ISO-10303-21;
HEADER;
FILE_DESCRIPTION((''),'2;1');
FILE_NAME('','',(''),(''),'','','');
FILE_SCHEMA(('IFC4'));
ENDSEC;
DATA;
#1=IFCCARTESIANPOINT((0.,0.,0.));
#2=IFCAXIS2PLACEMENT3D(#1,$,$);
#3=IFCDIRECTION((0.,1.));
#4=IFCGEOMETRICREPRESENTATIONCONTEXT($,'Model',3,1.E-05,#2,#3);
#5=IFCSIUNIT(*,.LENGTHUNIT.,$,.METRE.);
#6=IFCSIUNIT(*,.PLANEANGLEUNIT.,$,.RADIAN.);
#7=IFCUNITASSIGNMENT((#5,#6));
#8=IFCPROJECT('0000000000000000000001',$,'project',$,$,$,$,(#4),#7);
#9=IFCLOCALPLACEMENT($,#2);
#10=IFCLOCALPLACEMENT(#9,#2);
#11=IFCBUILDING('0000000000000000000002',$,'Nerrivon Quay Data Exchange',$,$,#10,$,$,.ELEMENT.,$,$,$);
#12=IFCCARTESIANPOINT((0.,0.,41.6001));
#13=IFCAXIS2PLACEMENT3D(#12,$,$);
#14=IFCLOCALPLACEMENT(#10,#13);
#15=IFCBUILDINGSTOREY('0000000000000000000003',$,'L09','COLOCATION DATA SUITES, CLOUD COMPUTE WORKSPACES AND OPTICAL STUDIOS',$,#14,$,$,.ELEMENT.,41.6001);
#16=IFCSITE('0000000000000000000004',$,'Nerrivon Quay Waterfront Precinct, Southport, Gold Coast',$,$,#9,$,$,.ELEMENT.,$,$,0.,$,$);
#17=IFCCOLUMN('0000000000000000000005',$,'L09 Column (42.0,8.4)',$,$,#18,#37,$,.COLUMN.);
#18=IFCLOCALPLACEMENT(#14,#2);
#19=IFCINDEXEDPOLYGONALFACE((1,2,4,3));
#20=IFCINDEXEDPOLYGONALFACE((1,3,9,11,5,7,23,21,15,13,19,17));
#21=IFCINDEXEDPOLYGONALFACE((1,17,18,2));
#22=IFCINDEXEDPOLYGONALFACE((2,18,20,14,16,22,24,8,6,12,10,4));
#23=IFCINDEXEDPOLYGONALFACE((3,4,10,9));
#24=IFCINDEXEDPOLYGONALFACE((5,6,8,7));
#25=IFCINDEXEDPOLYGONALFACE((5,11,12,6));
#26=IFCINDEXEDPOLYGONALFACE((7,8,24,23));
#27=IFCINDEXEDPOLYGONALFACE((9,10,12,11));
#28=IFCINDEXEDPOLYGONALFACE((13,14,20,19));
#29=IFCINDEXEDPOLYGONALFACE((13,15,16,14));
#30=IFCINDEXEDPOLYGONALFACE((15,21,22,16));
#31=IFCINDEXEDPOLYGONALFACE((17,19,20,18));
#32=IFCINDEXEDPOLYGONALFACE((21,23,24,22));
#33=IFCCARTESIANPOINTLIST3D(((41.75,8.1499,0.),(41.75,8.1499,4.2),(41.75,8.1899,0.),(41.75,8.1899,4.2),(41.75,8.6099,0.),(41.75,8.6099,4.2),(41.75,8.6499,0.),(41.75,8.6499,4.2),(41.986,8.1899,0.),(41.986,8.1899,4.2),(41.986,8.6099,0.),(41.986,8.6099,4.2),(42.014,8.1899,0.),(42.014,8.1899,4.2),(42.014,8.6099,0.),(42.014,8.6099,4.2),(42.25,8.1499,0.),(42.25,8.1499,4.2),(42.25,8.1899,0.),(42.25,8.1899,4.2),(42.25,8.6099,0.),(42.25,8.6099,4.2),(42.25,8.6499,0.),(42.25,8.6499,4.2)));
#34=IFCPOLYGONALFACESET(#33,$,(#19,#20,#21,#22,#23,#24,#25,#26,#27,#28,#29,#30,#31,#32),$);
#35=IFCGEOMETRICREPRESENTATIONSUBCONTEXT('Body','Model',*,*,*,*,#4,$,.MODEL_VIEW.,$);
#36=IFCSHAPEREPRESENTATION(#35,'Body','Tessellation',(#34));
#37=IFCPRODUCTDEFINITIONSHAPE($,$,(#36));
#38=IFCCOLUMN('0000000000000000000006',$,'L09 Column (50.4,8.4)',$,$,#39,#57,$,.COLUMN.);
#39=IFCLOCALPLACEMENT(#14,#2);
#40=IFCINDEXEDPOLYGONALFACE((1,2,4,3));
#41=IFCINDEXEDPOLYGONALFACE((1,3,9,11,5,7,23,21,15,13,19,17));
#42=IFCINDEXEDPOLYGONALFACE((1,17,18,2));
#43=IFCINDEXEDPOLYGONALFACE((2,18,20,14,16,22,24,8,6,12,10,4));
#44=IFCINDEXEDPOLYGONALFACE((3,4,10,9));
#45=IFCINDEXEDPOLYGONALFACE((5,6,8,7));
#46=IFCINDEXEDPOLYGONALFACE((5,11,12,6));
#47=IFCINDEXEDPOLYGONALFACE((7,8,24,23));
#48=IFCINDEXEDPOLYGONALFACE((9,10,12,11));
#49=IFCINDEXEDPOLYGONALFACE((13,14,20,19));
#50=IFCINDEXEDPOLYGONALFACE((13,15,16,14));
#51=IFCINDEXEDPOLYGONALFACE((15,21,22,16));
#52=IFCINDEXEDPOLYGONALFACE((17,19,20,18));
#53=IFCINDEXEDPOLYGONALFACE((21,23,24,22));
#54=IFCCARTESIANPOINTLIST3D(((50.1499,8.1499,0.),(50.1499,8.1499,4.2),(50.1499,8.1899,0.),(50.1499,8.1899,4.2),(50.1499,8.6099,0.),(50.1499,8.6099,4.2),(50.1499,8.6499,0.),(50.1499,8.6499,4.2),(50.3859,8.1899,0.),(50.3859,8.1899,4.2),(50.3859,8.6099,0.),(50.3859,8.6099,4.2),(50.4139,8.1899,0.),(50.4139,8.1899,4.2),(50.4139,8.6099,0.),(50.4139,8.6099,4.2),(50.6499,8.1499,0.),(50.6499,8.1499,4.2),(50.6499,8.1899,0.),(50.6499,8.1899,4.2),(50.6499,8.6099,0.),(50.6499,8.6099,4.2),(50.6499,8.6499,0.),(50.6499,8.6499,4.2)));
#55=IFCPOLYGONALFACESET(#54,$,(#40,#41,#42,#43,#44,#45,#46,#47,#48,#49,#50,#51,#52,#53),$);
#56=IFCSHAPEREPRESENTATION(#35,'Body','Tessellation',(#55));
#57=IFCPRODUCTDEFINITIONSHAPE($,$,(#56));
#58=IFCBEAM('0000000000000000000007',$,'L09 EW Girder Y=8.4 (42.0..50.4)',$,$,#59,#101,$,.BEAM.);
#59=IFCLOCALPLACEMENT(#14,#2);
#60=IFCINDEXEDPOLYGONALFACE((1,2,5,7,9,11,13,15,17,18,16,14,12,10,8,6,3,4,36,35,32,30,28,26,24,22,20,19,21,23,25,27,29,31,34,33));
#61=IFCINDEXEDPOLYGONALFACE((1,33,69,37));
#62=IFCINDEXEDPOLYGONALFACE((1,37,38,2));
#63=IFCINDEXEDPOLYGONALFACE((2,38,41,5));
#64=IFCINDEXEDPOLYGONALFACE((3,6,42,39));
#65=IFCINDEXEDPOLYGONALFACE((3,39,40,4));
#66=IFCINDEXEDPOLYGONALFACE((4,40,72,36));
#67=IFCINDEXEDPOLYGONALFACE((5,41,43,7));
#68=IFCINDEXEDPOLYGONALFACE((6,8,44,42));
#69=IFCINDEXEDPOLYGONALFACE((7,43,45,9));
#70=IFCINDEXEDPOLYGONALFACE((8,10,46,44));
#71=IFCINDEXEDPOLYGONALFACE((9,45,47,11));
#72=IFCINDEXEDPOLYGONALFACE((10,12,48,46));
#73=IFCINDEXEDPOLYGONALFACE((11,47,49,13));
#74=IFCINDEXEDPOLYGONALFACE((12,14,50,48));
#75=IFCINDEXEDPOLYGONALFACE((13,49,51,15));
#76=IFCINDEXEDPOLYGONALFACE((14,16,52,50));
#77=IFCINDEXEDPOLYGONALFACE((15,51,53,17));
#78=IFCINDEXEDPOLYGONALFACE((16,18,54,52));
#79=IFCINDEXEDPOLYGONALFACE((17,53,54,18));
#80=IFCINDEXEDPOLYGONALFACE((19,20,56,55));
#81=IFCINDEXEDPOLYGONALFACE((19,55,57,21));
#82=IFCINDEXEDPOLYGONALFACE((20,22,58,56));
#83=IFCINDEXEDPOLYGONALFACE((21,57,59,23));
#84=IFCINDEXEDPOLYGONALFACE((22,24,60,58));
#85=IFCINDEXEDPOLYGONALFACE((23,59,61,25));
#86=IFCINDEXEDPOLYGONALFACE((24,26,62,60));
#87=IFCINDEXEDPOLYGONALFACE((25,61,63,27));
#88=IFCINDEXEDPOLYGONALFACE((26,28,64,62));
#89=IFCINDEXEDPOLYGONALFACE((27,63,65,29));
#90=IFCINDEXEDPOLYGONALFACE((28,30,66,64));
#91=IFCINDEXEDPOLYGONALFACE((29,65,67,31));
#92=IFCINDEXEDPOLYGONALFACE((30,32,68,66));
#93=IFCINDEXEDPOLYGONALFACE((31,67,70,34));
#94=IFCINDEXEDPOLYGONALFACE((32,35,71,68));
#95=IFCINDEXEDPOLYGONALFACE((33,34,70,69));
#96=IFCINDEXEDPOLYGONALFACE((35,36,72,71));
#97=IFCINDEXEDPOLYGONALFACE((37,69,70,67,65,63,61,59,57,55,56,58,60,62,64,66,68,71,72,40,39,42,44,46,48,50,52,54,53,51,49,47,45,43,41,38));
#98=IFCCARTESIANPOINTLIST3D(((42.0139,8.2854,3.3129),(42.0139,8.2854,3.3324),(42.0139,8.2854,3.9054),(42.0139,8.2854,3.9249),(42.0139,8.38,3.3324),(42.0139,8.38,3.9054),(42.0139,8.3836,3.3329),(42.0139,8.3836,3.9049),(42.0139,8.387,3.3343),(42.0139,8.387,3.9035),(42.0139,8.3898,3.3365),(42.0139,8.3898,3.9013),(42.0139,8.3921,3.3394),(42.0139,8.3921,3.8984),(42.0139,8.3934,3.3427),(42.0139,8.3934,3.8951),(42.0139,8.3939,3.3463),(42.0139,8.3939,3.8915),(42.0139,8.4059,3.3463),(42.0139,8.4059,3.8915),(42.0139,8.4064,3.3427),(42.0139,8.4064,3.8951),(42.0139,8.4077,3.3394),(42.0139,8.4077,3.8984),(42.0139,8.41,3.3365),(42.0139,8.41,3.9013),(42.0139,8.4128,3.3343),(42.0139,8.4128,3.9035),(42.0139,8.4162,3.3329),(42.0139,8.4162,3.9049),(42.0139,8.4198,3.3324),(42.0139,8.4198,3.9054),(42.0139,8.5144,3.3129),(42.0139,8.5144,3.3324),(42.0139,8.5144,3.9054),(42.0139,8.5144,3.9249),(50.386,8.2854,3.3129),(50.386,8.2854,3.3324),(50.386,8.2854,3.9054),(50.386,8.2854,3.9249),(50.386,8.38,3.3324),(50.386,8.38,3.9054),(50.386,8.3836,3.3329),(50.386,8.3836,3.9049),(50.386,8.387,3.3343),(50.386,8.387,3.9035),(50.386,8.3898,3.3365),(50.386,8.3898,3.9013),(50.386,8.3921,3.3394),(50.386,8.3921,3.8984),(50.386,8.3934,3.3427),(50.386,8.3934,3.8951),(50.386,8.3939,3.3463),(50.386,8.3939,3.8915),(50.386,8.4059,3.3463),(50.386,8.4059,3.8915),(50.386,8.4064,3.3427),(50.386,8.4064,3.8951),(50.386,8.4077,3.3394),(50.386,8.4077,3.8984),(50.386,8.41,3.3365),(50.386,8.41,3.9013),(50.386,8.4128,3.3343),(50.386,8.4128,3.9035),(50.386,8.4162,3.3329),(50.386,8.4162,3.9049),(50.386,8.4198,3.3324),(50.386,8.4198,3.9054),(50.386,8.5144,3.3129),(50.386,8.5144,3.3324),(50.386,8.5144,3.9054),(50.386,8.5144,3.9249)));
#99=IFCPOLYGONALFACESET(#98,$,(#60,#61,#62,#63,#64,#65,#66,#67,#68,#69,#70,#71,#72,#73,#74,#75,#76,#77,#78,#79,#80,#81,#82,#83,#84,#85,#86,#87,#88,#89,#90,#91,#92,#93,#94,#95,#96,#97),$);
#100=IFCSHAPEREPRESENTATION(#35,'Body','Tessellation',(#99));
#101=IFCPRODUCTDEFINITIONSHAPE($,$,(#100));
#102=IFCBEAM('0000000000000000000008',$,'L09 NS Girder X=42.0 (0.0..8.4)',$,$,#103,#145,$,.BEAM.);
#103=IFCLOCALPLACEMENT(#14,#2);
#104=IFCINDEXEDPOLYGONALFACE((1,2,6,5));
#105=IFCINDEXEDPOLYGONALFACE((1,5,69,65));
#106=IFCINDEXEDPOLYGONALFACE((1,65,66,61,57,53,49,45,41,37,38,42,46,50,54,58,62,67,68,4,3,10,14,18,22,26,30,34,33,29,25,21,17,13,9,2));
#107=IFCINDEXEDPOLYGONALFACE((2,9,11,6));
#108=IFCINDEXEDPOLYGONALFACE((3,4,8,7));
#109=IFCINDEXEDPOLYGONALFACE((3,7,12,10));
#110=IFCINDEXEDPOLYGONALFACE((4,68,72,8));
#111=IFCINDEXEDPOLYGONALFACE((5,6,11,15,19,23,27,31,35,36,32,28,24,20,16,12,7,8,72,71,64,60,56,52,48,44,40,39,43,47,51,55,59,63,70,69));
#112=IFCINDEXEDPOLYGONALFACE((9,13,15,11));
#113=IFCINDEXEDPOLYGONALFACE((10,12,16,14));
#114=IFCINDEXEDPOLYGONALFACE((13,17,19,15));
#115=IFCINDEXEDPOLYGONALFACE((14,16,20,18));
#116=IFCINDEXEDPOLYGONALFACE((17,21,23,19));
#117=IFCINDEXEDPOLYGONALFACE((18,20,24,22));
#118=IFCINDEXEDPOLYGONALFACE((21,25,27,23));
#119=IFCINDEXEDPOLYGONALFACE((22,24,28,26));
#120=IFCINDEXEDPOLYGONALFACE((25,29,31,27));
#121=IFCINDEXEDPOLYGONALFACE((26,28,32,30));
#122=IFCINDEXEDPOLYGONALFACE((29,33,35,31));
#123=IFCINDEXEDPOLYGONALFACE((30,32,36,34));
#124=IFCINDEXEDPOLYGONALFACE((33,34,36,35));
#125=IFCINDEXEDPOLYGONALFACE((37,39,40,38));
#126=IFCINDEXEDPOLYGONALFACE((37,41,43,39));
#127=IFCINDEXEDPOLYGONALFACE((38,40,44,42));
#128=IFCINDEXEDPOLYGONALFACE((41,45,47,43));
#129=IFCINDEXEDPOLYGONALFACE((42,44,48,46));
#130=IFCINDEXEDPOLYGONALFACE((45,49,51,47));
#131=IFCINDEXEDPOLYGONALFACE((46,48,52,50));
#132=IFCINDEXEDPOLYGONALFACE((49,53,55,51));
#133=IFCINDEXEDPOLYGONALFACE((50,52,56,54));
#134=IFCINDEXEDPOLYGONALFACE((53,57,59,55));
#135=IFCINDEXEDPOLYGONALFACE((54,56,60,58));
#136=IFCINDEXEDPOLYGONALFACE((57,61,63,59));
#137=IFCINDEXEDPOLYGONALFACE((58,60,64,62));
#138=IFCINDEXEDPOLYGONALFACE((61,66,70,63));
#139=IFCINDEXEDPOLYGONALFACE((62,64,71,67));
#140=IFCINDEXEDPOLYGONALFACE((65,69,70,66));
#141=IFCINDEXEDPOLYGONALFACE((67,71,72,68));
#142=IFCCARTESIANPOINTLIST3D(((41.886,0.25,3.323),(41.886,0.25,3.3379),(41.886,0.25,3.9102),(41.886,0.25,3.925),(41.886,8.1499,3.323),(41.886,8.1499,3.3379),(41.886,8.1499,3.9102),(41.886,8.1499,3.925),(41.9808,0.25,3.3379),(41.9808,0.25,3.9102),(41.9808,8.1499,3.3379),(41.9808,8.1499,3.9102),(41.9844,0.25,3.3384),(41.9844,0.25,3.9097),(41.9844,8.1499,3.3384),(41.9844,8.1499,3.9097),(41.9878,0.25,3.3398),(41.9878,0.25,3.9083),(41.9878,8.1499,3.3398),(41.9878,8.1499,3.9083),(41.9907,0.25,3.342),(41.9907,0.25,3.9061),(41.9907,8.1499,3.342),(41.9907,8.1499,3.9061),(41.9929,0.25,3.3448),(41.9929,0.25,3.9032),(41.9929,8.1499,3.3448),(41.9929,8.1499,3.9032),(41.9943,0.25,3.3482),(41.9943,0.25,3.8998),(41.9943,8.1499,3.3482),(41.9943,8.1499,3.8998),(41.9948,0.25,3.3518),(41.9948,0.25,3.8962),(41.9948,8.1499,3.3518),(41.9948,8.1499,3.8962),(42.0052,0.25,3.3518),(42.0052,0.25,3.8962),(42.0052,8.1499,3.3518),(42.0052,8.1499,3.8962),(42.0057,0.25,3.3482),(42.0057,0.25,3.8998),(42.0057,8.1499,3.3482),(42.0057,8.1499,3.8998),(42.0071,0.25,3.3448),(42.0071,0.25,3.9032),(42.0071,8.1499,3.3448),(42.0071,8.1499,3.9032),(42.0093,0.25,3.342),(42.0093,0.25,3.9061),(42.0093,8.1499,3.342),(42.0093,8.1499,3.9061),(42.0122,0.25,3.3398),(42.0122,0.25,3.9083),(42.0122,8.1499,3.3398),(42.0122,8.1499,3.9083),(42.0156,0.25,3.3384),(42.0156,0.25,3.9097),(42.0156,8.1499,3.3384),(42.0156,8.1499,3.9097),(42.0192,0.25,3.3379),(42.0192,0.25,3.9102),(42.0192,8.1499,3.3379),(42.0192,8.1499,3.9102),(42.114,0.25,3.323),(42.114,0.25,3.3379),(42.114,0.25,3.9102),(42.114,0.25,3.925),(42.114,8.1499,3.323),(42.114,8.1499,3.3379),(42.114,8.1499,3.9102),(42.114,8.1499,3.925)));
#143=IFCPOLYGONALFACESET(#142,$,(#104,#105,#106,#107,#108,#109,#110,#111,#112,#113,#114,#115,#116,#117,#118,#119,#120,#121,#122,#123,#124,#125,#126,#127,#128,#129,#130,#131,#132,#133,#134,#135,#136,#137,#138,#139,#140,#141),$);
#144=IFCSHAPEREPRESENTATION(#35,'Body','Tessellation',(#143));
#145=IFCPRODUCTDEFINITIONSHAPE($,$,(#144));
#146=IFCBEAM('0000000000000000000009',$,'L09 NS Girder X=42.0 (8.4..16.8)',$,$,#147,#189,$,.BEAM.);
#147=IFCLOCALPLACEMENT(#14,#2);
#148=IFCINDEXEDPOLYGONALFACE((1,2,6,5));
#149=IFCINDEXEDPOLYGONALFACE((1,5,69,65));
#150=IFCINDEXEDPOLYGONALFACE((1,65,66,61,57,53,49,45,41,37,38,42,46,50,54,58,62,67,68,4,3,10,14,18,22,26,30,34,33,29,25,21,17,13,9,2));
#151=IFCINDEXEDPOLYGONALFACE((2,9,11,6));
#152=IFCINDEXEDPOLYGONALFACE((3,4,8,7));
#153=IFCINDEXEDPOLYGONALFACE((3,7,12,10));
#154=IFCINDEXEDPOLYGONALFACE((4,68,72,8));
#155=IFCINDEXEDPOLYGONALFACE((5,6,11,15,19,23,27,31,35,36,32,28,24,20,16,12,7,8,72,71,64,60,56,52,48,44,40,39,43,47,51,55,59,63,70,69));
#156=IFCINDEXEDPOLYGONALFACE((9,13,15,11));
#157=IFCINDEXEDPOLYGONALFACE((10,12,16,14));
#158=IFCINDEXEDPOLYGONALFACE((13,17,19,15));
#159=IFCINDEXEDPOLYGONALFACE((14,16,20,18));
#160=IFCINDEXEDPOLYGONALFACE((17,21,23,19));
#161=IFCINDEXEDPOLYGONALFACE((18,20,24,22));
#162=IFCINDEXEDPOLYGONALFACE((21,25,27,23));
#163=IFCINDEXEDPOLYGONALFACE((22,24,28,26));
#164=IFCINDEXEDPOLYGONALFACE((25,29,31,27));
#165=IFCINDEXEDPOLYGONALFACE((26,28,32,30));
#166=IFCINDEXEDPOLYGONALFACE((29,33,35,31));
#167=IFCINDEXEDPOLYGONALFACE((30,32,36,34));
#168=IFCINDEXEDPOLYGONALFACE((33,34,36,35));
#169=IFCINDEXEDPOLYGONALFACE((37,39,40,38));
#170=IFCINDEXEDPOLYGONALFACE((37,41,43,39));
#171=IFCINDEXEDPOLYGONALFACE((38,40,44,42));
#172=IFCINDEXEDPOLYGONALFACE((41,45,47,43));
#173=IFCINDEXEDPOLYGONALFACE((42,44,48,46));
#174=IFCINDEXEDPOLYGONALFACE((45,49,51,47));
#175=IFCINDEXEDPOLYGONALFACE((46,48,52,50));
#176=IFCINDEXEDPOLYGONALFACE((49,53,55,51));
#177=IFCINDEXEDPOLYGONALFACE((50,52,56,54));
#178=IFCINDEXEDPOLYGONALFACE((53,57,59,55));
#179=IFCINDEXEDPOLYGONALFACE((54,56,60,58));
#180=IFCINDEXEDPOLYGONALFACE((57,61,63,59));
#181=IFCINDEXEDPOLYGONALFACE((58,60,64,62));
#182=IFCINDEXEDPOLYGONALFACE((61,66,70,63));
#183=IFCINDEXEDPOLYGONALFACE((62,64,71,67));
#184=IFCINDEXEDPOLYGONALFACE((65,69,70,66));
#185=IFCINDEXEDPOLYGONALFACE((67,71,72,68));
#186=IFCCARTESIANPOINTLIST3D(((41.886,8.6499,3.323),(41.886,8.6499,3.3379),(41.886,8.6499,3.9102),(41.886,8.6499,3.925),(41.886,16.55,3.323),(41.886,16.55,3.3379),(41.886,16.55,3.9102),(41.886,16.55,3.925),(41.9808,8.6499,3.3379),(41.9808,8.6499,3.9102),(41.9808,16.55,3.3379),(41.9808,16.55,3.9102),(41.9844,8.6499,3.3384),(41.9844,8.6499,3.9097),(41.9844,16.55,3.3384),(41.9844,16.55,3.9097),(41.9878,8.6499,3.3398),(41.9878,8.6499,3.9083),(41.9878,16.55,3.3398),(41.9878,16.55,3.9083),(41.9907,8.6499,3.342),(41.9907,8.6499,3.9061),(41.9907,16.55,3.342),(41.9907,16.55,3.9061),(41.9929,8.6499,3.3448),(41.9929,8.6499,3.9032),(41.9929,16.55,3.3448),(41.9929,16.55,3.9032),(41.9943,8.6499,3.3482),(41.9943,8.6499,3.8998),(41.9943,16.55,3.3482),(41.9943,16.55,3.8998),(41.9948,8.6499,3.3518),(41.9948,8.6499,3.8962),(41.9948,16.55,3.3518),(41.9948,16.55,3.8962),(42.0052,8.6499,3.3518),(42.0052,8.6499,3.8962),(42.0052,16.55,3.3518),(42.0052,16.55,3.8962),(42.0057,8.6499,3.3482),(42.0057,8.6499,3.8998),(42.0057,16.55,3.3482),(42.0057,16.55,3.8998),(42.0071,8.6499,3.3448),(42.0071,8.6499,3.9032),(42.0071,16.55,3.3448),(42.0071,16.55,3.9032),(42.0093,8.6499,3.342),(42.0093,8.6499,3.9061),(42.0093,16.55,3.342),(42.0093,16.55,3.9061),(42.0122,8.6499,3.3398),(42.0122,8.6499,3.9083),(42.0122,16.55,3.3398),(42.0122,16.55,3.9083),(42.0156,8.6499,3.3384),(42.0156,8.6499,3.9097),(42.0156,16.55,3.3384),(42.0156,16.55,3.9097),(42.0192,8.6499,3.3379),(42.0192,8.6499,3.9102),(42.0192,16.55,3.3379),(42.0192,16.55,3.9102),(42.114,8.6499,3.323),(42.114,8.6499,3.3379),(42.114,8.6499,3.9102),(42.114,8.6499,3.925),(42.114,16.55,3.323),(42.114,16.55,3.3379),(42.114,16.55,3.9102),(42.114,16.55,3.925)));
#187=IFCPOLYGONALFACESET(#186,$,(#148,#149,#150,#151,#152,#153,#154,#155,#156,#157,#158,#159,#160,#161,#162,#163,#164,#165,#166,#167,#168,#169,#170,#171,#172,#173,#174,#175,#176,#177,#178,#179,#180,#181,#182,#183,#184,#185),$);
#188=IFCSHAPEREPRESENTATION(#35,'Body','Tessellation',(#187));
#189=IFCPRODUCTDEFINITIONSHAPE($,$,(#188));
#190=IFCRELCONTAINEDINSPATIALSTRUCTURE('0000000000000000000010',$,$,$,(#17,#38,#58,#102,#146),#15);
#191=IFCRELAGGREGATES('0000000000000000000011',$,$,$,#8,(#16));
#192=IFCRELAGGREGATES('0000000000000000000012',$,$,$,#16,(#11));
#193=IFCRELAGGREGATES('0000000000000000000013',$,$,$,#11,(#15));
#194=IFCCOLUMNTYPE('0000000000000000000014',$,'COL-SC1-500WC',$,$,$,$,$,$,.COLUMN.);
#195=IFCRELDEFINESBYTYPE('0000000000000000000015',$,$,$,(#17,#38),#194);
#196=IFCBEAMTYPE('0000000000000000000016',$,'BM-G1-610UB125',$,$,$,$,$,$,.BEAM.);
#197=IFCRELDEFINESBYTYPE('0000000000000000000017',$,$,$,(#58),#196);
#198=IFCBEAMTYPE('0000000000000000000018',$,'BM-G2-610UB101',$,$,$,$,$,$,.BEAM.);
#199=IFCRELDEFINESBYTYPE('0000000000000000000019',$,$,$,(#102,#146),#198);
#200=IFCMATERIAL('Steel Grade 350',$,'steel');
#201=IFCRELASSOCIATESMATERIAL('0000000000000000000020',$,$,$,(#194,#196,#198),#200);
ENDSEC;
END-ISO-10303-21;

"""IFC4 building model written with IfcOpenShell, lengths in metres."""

from ifc_helpers import new_model, si_unit, direction, frame, origin, origin_2d, place, context, subcontext, project, spatial, i_section, extrude, material, material_profile, profile_set, type_object, element, save


model = new_model("IFC4")

# Units and contexts
model_context = context("Model", 3, precision=1e-05, world=origin(), true_north=direction((0.0, 1.0)))
body_context = subcontext(model_context, "Body", "Model", "MODEL_VIEW")
ifc_project = project(units=[si_unit("LENGTHUNIT", "METRE"), si_unit("PLANEANGLEUNIT", "RADIAN")], contexts=[model_context])

# Site, building, storey
site_placement = place(None, origin())
site = spatial("IfcSite", under=ifc_project, at=site_placement, Name="Nerrivon Quay Waterfront Precinct, Southport, Gold Coast", CompositionType="ELEMENT", RefElevation=0.0)
building_placement = place(site_placement, origin())
building = spatial("IfcBuilding", under=site, at=building_placement, Name="Nerrivon Quay Data Exchange", CompositionType="ELEMENT")
storey_placement = place(building_placement, frame((0.0, 0.0, 41.6001)))
storey = spatial("IfcBuildingStorey", under=building, at=storey_placement, Name="L09", Description="COLOCATION DATA SUITES, CLOUD COMPUTE WORKSPACES AND OPTICAL STUDIOS", CompositionType="ELEMENT", Elevation=41.6001)

# Columns
ifc_material_1 = material(Name="Steel Grade 350", Category="steel")
ifc_material_profile_1 = material_profile(ifc_material_1, i_section(OverallWidth=0.5, OverallDepth=0.5, WebThickness=0.0281, FlangeThickness=0.04, at=origin_2d()), Name="500WC440")
ifc_profile_set_1 = profile_set([ifc_material_profile_1], Name="Steel Grade 350")
column_type = type_object("IfcColumnType", Name="COL-SC1-500WC", PredefinedType="COLUMN", material=ifc_profile_set_1)
for number, where, z_axis, x_axis, name in (
    (1, (42.0, 8.3999, 0.0), (0.0, 0.0, 1.0), (1.0, 0.0, 0.0), "L09 Column (42.0,8.4)"),
    (2, (50.3999, 8.3999, 0.0), (0.0, 0.0, 1.0), (1.0, 0.0, 0.0), "L09 Column (50.4,8.4)"),
):
    element("IfcColumn", number, at=place(storey_placement, frame(where, z_axis=z_axis, x_axis=x_axis)), inside=storey, type_object=column_type, Name=name, PredefinedType="COLUMN", context=body_context, shape_type="SweptSolid", body=[
        extrude(i_section(OverallWidth=0.5, OverallDepth=0.5, WebThickness=0.0281, FlangeThickness=0.04, at=origin_2d()), origin(), (0.0, 0.0, 1.0), 4.2),
    ])

# Beams
ifc_material_profile_2 = material_profile(ifc_material_1, i_section(OverallWidth=0.229, OverallDepth=0.6121, WebThickness=0.012, FlangeThickness=0.0195, FilletRadius=0.0139, at=origin_2d()), Name="610UB125")
ifc_profile_set_2 = profile_set([ifc_material_profile_2], Name="Steel Grade 350")
beam_type_1 = type_object("IfcBeamType", Name="BM-G1-610UB125", PredefinedType="BEAM", material=ifc_profile_set_2)
beam_1_placement = place(storey_placement, frame((42.0139, 8.3999, 3.6189), z_axis=(1.0, 0.0, 0.0), x_axis=(0.0, 1.0, 0.0)))
element("IfcBeam", 3, at=beam_1_placement, inside=storey, type_object=beam_type_1, Name="L09 EW Girder Y=8.4 (42.0..50.4)", PredefinedType="BEAM", context=body_context, shape_type="SweptSolid", body=[
    extrude(i_section(OverallWidth=0.229, OverallDepth=0.6121, WebThickness=0.012, FlangeThickness=0.0195, FilletRadius=0.0139, at=origin_2d()), origin(), (0.0, 0.0, 1.0), 8.3721),
])
ifc_material_profile_3 = material_profile(ifc_material_1, i_section(OverallWidth=0.228, OverallDepth=0.6021, WebThickness=0.0105, FlangeThickness=0.0149, FilletRadius=0.0139, at=origin_2d()), Name="610UB101")
ifc_profile_set_3 = profile_set([ifc_material_profile_3], Name="Steel Grade 350")
beam_type_2 = type_object("IfcBeamType", Name="BM-G2-610UB101", PredefinedType="BEAM", material=ifc_profile_set_3)
beam_2_placement = place(storey_placement, frame((42.0, 0.25, 3.624), z_axis=(0.0, 1.0, 0.0), x_axis=(-1.0, 0.0, 0.0)))
element("IfcBeam", 4, at=beam_2_placement, inside=storey, type_object=beam_type_2, Name="L09 NS Girder X=42.0 (0.0..8.4)", PredefinedType="BEAM", context=body_context, shape_type="SweptSolid", body=[
    extrude(i_section(OverallWidth=0.228, OverallDepth=0.6021, WebThickness=0.0105, FlangeThickness=0.0149, FilletRadius=0.0139, at=origin_2d()), origin(), (0.0, 0.0, 1.0), 7.8999),
])
beam_3_placement = place(storey_placement, frame((42.0, 8.6499, 3.624), z_axis=(0.0, 1.0, 0.0), x_axis=(-1.0, 0.0, 0.0)))
element("IfcBeam", 5, at=beam_3_placement, inside=storey, type_object=beam_type_2, Name="L09 NS Girder X=42.0 (8.4..16.8)", PredefinedType="BEAM", context=body_context, shape_type="SweptSolid", body=[
    extrude(i_section(OverallWidth=0.228, OverallDepth=0.6021, WebThickness=0.0105, FlangeThickness=0.0149, FilletRadius=0.0139, at=origin_2d()), origin(), (0.0, 0.0, 1.0), 7.9001),
])

save(model, "model.ifc")
